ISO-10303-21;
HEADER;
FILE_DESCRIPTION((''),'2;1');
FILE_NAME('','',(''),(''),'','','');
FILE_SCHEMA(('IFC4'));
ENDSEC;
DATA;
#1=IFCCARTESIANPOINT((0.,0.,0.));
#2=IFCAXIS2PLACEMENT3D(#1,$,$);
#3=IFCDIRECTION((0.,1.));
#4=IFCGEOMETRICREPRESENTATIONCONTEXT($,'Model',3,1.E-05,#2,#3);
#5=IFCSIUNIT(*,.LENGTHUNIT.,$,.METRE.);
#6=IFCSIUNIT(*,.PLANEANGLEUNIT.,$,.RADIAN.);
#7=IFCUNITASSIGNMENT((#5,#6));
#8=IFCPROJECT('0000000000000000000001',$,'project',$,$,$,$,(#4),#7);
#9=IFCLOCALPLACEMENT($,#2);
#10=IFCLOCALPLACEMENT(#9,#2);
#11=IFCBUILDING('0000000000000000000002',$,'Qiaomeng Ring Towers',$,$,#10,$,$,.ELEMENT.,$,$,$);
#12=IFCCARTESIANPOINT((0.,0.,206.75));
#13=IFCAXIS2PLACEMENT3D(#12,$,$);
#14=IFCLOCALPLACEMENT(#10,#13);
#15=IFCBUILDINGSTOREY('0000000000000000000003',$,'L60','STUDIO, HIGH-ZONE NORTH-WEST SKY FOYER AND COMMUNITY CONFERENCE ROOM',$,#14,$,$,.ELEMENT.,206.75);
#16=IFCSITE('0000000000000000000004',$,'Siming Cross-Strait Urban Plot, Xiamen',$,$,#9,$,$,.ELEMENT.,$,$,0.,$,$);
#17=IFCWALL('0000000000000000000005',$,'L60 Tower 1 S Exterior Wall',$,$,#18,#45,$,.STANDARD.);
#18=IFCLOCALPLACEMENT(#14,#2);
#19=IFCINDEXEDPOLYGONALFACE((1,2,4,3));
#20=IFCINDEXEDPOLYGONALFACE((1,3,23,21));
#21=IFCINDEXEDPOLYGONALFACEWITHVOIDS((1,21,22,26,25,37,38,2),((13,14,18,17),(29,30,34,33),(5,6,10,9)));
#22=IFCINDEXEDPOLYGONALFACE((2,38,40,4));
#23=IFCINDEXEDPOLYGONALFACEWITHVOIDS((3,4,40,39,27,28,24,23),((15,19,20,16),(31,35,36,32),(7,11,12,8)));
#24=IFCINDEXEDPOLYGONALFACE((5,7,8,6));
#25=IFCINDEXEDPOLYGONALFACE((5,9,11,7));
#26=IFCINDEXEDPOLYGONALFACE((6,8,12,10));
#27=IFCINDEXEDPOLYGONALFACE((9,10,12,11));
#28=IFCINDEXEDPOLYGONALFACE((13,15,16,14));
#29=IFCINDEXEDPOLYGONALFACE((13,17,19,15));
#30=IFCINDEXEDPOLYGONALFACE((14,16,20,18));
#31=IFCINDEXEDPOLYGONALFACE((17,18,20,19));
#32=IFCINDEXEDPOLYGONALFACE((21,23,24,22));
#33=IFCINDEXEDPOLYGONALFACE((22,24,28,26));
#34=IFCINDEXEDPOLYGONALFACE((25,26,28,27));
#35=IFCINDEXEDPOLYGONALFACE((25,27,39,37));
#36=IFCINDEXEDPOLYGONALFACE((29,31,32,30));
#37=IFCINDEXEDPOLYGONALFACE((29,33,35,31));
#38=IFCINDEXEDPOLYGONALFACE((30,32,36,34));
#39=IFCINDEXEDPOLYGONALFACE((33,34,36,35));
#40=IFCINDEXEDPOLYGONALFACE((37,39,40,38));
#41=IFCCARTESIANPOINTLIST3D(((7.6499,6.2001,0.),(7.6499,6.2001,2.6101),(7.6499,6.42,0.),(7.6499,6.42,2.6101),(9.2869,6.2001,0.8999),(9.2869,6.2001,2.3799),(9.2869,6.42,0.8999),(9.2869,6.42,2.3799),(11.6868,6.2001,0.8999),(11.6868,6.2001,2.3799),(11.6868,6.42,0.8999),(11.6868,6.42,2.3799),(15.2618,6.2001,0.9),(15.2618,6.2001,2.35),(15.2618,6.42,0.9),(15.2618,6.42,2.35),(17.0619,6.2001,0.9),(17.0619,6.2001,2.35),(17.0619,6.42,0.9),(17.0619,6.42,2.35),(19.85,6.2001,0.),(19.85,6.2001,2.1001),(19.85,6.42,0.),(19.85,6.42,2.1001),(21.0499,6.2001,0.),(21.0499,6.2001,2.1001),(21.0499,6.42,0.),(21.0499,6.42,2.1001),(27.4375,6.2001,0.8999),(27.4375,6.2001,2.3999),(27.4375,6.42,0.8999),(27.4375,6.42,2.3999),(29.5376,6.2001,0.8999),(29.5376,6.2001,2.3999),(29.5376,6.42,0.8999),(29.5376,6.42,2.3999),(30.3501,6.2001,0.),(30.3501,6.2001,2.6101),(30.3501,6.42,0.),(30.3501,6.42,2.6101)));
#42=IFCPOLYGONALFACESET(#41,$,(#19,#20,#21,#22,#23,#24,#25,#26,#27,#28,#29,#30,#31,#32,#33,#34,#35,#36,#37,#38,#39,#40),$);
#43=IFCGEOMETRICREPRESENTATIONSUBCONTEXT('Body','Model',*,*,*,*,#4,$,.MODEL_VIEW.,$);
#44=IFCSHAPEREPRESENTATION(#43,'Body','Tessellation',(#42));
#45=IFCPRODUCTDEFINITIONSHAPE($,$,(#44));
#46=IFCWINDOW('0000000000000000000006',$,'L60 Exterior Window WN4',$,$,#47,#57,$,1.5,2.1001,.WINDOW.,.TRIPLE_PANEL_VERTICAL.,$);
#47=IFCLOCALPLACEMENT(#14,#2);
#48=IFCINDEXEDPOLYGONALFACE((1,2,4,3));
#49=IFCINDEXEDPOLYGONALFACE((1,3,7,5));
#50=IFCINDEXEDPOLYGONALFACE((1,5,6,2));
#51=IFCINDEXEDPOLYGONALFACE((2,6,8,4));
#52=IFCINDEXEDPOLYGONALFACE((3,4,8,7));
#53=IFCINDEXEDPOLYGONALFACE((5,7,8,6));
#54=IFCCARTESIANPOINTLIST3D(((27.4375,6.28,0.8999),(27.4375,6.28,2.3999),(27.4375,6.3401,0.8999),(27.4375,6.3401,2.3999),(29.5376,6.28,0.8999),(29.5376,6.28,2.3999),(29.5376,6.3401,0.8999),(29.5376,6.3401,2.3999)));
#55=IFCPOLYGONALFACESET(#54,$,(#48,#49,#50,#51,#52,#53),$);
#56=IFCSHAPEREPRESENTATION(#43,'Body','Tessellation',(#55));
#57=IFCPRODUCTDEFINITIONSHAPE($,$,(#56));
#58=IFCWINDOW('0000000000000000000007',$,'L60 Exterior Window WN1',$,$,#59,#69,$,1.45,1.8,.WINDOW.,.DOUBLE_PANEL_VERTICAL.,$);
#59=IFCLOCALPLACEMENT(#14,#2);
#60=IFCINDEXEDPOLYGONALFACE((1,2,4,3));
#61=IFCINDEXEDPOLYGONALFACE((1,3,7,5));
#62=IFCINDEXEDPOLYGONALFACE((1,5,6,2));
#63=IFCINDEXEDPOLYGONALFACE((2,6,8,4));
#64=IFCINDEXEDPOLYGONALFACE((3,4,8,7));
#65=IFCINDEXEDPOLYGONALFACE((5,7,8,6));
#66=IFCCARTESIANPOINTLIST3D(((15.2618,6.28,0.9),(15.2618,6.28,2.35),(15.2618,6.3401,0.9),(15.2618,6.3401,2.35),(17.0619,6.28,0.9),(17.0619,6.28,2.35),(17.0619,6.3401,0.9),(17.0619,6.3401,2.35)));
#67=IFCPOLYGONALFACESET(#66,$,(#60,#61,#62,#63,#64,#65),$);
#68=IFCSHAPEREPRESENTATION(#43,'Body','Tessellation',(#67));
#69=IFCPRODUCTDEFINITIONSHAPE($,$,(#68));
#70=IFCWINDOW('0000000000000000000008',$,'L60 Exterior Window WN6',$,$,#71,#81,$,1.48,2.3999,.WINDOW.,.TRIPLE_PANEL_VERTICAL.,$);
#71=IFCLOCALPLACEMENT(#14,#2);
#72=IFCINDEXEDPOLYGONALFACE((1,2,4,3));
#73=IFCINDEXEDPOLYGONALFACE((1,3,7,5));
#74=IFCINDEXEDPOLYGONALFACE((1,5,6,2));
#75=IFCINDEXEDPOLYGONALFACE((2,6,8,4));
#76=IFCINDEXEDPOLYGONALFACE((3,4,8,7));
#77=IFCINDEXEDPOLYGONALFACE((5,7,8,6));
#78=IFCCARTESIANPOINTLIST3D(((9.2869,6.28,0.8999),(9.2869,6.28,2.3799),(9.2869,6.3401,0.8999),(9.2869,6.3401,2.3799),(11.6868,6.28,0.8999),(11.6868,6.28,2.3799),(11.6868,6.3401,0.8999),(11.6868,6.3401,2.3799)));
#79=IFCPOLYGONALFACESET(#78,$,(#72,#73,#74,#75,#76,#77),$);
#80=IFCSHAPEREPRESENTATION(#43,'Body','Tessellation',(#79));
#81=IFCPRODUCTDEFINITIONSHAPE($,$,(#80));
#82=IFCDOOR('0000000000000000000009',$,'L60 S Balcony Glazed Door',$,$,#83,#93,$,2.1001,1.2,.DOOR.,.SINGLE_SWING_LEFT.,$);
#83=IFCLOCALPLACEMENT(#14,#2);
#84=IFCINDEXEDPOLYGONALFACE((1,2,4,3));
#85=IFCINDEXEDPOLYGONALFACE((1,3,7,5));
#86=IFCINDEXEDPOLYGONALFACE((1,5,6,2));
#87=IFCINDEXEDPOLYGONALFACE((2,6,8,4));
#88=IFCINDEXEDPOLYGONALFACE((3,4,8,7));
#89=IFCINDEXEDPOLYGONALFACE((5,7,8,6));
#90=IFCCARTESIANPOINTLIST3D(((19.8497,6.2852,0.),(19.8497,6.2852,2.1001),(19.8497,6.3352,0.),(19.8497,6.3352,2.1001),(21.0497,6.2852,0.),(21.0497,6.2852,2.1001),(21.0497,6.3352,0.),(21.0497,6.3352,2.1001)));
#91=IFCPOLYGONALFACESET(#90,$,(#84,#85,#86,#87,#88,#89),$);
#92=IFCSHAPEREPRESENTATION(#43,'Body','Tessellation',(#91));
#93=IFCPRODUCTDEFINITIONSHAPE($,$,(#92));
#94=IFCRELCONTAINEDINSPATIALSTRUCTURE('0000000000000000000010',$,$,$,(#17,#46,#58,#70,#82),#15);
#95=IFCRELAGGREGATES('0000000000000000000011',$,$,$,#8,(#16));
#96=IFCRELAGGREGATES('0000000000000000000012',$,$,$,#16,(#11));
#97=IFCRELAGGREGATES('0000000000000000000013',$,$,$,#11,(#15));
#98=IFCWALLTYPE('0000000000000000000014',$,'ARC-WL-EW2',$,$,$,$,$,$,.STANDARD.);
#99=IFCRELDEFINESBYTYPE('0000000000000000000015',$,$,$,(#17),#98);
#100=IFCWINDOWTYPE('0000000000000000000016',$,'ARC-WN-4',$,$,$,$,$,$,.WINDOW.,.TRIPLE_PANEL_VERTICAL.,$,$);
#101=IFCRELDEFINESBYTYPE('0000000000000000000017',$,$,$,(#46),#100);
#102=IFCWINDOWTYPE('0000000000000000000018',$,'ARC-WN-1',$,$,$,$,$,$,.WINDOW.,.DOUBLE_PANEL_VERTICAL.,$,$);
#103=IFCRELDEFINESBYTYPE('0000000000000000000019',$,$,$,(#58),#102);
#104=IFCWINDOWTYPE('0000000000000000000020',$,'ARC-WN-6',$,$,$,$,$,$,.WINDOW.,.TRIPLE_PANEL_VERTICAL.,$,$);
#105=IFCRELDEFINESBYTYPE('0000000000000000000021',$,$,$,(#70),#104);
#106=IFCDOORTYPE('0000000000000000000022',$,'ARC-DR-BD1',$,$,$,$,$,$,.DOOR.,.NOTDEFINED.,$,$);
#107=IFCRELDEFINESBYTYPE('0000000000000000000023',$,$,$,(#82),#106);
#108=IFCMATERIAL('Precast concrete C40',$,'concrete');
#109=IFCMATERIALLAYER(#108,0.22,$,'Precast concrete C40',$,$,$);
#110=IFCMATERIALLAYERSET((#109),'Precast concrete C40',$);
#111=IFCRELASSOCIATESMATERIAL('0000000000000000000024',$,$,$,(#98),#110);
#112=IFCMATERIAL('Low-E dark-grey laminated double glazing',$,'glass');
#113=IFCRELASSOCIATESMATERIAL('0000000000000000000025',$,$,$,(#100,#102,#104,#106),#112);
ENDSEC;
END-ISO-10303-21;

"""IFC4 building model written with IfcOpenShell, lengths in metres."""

from ifc_helpers import new_model, si_unit, direction, frame, frame_2d, origin, place, context, subcontext, project, spatial, rectangle, extrude, source, transform, mapped, material, layer, layer_set, type_object, element, fill, save


model = new_model("IFC4")

# Units and contexts
model_context = context("Model", 3, precision=1e-05, world=origin(), true_north=direction((0.0, 1.0)))
body_context = subcontext(model_context, "Body", "Model", "MODEL_VIEW")
ifc_project = project(units=[si_unit("LENGTHUNIT", "METRE"), si_unit("PLANEANGLEUNIT", "RADIAN")], contexts=[model_context])

# Site, building, storey
site_placement = place(None, origin())
site = spatial("IfcSite", under=ifc_project, at=site_placement, Name="Siming Cross-Strait Urban Plot, Xiamen", CompositionType="ELEMENT", RefElevation=0.0)
building_placement = place(site_placement, origin())
building = spatial("IfcBuilding", under=site, at=building_placement, Name="Qiaomeng Ring Towers", CompositionType="ELEMENT")
storey_placement = place(building_placement, frame((0.0, 0.0, 206.75)))
storey = spatial("IfcBuildingStorey", under=building, at=storey_placement, Name="L60", Description="STUDIO, HIGH-ZONE NORTH-WEST SKY FOYER AND COMMUNITY CONFERENCE ROOM", CompositionType="ELEMENT", Elevation=206.75)

# Shared definitions
ifc_material_1 = material(Name="Low-E dark-grey laminated double glazing", Category="glass")

# Wall, openings, windows, door
ifc_material_2 = material(Name="Precast concrete C40", Category="concrete")
ifc_layer_1 = layer(ifc_material_2, 0.22, Name="Precast concrete C40")
ifc_layer_set_1 = layer_set([ifc_layer_1], Name="Precast concrete C40")
wall_type = type_object("IfcWallType", Name="ARC-WL-EW2", PredefinedType="STANDARD", material=ifc_layer_set_1)
wall_placement = place(storey_placement, frame((7.6499, 6.3101, 0.0), z_axis=(0.0, 0.0, 1.0), x_axis=(1.0, 0.0, 0.0)))
wall = element("IfcWall", 1, at=wall_placement, inside=storey, type_object=wall_type, Name="L60 Tower 1 S Exterior Wall", PredefinedType="STANDARD", context=body_context, shape_type="SweptSolid", body=[
    extrude(rectangle(XDim=22.7002, YDim=0.22, at=frame_2d((11.3501, 0.0))), origin(), (0.0, 0.0, 1.0), 2.6101),
])
opening_1_placement = place(wall_placement, frame((12.2, 0.0, 0.0)))
opening_1 = element("IfcOpeningElement", 2, at=opening_1_placement, cuts=wall, PredefinedType="OPENING", context=body_context, shape_type="SweptSolid", body=[
    extrude(rectangle(XDim=1.2, YDim=2.1001, at=frame_2d((0.6001, 1.05))), frame((0.0, 0.1199, 0.0), z_axis=(0.0, -1.0, 0.0), x_axis=(1.0, 0.0, 0.0)), (0.0, 0.0, 1.0), 0.24),
])
opening_2_placement = place(wall_placement, frame((1.637, 0.0, 0.8999)))
opening_2 = element("IfcOpeningElement", 3, at=opening_2_placement, cuts=wall, PredefinedType="OPENING", context=body_context, shape_type="SweptSolid", body=[
    extrude(rectangle(XDim=2.3999, YDim=1.48, at=frame_2d((1.2, 0.74))), frame((0.0, 0.1199, 0.0), z_axis=(0.0, -1.0, 0.0), x_axis=(1.0, 0.0, 0.0)), (0.0, 0.0, 1.0), 0.24),
])
opening_3_placement = place(wall_placement, frame((7.6121, 0.0, 0.8999)))
opening_3 = element("IfcOpeningElement", 4, at=opening_3_placement, cuts=wall, PredefinedType="OPENING", context=body_context, shape_type="SweptSolid", body=[
    extrude(rectangle(XDim=1.8, YDim=1.45, at=frame_2d((0.8999, 0.7251))), frame((0.0, 0.1199, 0.0), z_axis=(0.0, -1.0, 0.0), x_axis=(1.0, 0.0, 0.0)), (0.0, 0.0, 1.0), 0.24),
])
opening_4_placement = place(wall_placement, frame((19.7876, 0.0, 0.8999)))
opening_4 = element("IfcOpeningElement", 5, at=opening_4_placement, cuts=wall, PredefinedType="OPENING", context=body_context, shape_type="SweptSolid", body=[
    extrude(rectangle(XDim=2.1001, YDim=1.5, at=frame_2d((1.05, 0.75))), frame((0.0, 0.1199, 0.0), z_axis=(0.0, -1.0, 0.0), x_axis=(1.0, 0.0, 0.0)), (0.0, 0.0, 1.0), 0.24),
])
window_type_1 = type_object("IfcWindowType", Name="ARC-WN-4", PartitioningType="TRIPLE_PANEL_VERTICAL", PredefinedType="WINDOW", material=ifc_material_1)
shared_shape_1 = source(origin(), body_context, "Body", "SweptSolid", [
    extrude(rectangle(XDim=2.1001, YDim=1.5, at=frame_2d((1.05, 0.75))), frame((0.0, 0.03, 0.0), z_axis=(0.0, -1.0, 0.0), x_axis=(1.0, 0.0, 0.0)), (0.0, 0.0, 1.0), 0.0601),
])
window_1_placement = place(opening_4_placement, origin())
window_1 = element("IfcWindow", 6, at=window_1_placement, inside=storey, type_object=window_type_1, Name="L60 Exterior Window WN4", OverallHeight=1.5, OverallWidth=2.1001, PartitioningType="TRIPLE_PANEL_VERTICAL", PredefinedType="WINDOW", context=body_context, shape_type="MappedRepresentation", body=[
    mapped(shared_shape_1, transform((0.0, 0.0, 0.0), x_axis=(1.0, 0.0, 0.0), y_axis=(0.0, 1.0, 0.0), z_axis=(0.0, 0.0, 1.0), scale=1.0)),
])
fill(opening_4, window_1)
window_type_2 = type_object("IfcWindowType", Name="ARC-WN-1", PartitioningType="DOUBLE_PANEL_VERTICAL", PredefinedType="WINDOW", material=ifc_material_1)
shared_shape_2 = source(origin(), body_context, "Body", "SweptSolid", [
    extrude(rectangle(XDim=1.8, YDim=1.45, at=frame_2d((0.8999, 0.7251))), frame((0.0, 0.03, 0.0), z_axis=(0.0, -1.0, 0.0), x_axis=(1.0, 0.0, 0.0)), (0.0, 0.0, 1.0), 0.0601),
])
window_2_placement = place(opening_3_placement, origin())
window_2 = element("IfcWindow", 7, at=window_2_placement, inside=storey, type_object=window_type_2, Name="L60 Exterior Window WN1", OverallHeight=1.45, OverallWidth=1.8, PartitioningType="DOUBLE_PANEL_VERTICAL", PredefinedType="WINDOW", context=body_context, shape_type="MappedRepresentation", body=[
    mapped(shared_shape_2, transform((0.0, 0.0, 0.0), x_axis=(1.0, 0.0, 0.0), y_axis=(0.0, 1.0, 0.0), z_axis=(0.0, 0.0, 1.0), scale=1.0)),
])
fill(opening_3, window_2)
window_type_3 = type_object("IfcWindowType", Name="ARC-WN-6", PartitioningType="TRIPLE_PANEL_VERTICAL", PredefinedType="WINDOW", material=ifc_material_1)
shared_shape_3 = source(origin(), body_context, "Body", "SweptSolid", [
    extrude(rectangle(XDim=2.3999, YDim=1.48, at=frame_2d((1.2, 0.74))), frame((0.0, 0.03, 0.0), z_axis=(0.0, -1.0, 0.0), x_axis=(1.0, 0.0, 0.0)), (0.0, 0.0, 1.0), 0.0601),
])
window_3_placement = place(opening_2_placement, origin())
window_3 = element("IfcWindow", 8, at=window_3_placement, inside=storey, type_object=window_type_3, Name="L60 Exterior Window WN6", OverallHeight=1.48, OverallWidth=2.3999, PartitioningType="TRIPLE_PANEL_VERTICAL", PredefinedType="WINDOW", context=body_context, shape_type="MappedRepresentation", body=[
    mapped(shared_shape_3, transform((0.0, 0.0, 0.0), x_axis=(1.0, 0.0, 0.0), y_axis=(0.0, 1.0, 0.0), z_axis=(0.0, 0.0, 1.0), scale=1.0)),
])
fill(opening_2, window_3)
door_type = type_object("IfcDoorType", Name="ARC-DR-BD1", OperationType="NOTDEFINED", PredefinedType="DOOR", material=ifc_material_1)
shared_shape_4 = source(origin(), body_context, "Body", "SweptSolid", [
    extrude(rectangle(XDim=1.2, YDim=2.1001, at=frame_2d((0.6001, 1.05))), frame((0.0, 0.0249, 0.0), z_axis=(0.0, -1.0, 0.0), x_axis=(1.0, 0.0, 0.0)), (0.0, 0.0, 1.0), 0.05),
])
door_placement = place(opening_1_placement, frame((1.2, 0.0, 0.0), z_axis=(0.0, 0.0, 1.0), x_axis=(-1.0, 0.0, 0.0)))
door = element("IfcDoor", 9, at=door_placement, inside=storey, type_object=door_type, Name="L60 S Balcony Glazed Door", OperationType="SINGLE_SWING_LEFT", OverallHeight=2.1001, OverallWidth=1.2, PredefinedType="DOOR", context=body_context, shape_type="MappedRepresentation", body=[
    mapped(shared_shape_4, transform((0.0, 0.0, 0.0), x_axis=(1.0, 0.0, 0.0), y_axis=(0.0, 1.0, 0.0), z_axis=(0.0, 0.0, 1.0), scale=1.0)),
])
fill(opening_1, door)

save(model, "model.ifc")
